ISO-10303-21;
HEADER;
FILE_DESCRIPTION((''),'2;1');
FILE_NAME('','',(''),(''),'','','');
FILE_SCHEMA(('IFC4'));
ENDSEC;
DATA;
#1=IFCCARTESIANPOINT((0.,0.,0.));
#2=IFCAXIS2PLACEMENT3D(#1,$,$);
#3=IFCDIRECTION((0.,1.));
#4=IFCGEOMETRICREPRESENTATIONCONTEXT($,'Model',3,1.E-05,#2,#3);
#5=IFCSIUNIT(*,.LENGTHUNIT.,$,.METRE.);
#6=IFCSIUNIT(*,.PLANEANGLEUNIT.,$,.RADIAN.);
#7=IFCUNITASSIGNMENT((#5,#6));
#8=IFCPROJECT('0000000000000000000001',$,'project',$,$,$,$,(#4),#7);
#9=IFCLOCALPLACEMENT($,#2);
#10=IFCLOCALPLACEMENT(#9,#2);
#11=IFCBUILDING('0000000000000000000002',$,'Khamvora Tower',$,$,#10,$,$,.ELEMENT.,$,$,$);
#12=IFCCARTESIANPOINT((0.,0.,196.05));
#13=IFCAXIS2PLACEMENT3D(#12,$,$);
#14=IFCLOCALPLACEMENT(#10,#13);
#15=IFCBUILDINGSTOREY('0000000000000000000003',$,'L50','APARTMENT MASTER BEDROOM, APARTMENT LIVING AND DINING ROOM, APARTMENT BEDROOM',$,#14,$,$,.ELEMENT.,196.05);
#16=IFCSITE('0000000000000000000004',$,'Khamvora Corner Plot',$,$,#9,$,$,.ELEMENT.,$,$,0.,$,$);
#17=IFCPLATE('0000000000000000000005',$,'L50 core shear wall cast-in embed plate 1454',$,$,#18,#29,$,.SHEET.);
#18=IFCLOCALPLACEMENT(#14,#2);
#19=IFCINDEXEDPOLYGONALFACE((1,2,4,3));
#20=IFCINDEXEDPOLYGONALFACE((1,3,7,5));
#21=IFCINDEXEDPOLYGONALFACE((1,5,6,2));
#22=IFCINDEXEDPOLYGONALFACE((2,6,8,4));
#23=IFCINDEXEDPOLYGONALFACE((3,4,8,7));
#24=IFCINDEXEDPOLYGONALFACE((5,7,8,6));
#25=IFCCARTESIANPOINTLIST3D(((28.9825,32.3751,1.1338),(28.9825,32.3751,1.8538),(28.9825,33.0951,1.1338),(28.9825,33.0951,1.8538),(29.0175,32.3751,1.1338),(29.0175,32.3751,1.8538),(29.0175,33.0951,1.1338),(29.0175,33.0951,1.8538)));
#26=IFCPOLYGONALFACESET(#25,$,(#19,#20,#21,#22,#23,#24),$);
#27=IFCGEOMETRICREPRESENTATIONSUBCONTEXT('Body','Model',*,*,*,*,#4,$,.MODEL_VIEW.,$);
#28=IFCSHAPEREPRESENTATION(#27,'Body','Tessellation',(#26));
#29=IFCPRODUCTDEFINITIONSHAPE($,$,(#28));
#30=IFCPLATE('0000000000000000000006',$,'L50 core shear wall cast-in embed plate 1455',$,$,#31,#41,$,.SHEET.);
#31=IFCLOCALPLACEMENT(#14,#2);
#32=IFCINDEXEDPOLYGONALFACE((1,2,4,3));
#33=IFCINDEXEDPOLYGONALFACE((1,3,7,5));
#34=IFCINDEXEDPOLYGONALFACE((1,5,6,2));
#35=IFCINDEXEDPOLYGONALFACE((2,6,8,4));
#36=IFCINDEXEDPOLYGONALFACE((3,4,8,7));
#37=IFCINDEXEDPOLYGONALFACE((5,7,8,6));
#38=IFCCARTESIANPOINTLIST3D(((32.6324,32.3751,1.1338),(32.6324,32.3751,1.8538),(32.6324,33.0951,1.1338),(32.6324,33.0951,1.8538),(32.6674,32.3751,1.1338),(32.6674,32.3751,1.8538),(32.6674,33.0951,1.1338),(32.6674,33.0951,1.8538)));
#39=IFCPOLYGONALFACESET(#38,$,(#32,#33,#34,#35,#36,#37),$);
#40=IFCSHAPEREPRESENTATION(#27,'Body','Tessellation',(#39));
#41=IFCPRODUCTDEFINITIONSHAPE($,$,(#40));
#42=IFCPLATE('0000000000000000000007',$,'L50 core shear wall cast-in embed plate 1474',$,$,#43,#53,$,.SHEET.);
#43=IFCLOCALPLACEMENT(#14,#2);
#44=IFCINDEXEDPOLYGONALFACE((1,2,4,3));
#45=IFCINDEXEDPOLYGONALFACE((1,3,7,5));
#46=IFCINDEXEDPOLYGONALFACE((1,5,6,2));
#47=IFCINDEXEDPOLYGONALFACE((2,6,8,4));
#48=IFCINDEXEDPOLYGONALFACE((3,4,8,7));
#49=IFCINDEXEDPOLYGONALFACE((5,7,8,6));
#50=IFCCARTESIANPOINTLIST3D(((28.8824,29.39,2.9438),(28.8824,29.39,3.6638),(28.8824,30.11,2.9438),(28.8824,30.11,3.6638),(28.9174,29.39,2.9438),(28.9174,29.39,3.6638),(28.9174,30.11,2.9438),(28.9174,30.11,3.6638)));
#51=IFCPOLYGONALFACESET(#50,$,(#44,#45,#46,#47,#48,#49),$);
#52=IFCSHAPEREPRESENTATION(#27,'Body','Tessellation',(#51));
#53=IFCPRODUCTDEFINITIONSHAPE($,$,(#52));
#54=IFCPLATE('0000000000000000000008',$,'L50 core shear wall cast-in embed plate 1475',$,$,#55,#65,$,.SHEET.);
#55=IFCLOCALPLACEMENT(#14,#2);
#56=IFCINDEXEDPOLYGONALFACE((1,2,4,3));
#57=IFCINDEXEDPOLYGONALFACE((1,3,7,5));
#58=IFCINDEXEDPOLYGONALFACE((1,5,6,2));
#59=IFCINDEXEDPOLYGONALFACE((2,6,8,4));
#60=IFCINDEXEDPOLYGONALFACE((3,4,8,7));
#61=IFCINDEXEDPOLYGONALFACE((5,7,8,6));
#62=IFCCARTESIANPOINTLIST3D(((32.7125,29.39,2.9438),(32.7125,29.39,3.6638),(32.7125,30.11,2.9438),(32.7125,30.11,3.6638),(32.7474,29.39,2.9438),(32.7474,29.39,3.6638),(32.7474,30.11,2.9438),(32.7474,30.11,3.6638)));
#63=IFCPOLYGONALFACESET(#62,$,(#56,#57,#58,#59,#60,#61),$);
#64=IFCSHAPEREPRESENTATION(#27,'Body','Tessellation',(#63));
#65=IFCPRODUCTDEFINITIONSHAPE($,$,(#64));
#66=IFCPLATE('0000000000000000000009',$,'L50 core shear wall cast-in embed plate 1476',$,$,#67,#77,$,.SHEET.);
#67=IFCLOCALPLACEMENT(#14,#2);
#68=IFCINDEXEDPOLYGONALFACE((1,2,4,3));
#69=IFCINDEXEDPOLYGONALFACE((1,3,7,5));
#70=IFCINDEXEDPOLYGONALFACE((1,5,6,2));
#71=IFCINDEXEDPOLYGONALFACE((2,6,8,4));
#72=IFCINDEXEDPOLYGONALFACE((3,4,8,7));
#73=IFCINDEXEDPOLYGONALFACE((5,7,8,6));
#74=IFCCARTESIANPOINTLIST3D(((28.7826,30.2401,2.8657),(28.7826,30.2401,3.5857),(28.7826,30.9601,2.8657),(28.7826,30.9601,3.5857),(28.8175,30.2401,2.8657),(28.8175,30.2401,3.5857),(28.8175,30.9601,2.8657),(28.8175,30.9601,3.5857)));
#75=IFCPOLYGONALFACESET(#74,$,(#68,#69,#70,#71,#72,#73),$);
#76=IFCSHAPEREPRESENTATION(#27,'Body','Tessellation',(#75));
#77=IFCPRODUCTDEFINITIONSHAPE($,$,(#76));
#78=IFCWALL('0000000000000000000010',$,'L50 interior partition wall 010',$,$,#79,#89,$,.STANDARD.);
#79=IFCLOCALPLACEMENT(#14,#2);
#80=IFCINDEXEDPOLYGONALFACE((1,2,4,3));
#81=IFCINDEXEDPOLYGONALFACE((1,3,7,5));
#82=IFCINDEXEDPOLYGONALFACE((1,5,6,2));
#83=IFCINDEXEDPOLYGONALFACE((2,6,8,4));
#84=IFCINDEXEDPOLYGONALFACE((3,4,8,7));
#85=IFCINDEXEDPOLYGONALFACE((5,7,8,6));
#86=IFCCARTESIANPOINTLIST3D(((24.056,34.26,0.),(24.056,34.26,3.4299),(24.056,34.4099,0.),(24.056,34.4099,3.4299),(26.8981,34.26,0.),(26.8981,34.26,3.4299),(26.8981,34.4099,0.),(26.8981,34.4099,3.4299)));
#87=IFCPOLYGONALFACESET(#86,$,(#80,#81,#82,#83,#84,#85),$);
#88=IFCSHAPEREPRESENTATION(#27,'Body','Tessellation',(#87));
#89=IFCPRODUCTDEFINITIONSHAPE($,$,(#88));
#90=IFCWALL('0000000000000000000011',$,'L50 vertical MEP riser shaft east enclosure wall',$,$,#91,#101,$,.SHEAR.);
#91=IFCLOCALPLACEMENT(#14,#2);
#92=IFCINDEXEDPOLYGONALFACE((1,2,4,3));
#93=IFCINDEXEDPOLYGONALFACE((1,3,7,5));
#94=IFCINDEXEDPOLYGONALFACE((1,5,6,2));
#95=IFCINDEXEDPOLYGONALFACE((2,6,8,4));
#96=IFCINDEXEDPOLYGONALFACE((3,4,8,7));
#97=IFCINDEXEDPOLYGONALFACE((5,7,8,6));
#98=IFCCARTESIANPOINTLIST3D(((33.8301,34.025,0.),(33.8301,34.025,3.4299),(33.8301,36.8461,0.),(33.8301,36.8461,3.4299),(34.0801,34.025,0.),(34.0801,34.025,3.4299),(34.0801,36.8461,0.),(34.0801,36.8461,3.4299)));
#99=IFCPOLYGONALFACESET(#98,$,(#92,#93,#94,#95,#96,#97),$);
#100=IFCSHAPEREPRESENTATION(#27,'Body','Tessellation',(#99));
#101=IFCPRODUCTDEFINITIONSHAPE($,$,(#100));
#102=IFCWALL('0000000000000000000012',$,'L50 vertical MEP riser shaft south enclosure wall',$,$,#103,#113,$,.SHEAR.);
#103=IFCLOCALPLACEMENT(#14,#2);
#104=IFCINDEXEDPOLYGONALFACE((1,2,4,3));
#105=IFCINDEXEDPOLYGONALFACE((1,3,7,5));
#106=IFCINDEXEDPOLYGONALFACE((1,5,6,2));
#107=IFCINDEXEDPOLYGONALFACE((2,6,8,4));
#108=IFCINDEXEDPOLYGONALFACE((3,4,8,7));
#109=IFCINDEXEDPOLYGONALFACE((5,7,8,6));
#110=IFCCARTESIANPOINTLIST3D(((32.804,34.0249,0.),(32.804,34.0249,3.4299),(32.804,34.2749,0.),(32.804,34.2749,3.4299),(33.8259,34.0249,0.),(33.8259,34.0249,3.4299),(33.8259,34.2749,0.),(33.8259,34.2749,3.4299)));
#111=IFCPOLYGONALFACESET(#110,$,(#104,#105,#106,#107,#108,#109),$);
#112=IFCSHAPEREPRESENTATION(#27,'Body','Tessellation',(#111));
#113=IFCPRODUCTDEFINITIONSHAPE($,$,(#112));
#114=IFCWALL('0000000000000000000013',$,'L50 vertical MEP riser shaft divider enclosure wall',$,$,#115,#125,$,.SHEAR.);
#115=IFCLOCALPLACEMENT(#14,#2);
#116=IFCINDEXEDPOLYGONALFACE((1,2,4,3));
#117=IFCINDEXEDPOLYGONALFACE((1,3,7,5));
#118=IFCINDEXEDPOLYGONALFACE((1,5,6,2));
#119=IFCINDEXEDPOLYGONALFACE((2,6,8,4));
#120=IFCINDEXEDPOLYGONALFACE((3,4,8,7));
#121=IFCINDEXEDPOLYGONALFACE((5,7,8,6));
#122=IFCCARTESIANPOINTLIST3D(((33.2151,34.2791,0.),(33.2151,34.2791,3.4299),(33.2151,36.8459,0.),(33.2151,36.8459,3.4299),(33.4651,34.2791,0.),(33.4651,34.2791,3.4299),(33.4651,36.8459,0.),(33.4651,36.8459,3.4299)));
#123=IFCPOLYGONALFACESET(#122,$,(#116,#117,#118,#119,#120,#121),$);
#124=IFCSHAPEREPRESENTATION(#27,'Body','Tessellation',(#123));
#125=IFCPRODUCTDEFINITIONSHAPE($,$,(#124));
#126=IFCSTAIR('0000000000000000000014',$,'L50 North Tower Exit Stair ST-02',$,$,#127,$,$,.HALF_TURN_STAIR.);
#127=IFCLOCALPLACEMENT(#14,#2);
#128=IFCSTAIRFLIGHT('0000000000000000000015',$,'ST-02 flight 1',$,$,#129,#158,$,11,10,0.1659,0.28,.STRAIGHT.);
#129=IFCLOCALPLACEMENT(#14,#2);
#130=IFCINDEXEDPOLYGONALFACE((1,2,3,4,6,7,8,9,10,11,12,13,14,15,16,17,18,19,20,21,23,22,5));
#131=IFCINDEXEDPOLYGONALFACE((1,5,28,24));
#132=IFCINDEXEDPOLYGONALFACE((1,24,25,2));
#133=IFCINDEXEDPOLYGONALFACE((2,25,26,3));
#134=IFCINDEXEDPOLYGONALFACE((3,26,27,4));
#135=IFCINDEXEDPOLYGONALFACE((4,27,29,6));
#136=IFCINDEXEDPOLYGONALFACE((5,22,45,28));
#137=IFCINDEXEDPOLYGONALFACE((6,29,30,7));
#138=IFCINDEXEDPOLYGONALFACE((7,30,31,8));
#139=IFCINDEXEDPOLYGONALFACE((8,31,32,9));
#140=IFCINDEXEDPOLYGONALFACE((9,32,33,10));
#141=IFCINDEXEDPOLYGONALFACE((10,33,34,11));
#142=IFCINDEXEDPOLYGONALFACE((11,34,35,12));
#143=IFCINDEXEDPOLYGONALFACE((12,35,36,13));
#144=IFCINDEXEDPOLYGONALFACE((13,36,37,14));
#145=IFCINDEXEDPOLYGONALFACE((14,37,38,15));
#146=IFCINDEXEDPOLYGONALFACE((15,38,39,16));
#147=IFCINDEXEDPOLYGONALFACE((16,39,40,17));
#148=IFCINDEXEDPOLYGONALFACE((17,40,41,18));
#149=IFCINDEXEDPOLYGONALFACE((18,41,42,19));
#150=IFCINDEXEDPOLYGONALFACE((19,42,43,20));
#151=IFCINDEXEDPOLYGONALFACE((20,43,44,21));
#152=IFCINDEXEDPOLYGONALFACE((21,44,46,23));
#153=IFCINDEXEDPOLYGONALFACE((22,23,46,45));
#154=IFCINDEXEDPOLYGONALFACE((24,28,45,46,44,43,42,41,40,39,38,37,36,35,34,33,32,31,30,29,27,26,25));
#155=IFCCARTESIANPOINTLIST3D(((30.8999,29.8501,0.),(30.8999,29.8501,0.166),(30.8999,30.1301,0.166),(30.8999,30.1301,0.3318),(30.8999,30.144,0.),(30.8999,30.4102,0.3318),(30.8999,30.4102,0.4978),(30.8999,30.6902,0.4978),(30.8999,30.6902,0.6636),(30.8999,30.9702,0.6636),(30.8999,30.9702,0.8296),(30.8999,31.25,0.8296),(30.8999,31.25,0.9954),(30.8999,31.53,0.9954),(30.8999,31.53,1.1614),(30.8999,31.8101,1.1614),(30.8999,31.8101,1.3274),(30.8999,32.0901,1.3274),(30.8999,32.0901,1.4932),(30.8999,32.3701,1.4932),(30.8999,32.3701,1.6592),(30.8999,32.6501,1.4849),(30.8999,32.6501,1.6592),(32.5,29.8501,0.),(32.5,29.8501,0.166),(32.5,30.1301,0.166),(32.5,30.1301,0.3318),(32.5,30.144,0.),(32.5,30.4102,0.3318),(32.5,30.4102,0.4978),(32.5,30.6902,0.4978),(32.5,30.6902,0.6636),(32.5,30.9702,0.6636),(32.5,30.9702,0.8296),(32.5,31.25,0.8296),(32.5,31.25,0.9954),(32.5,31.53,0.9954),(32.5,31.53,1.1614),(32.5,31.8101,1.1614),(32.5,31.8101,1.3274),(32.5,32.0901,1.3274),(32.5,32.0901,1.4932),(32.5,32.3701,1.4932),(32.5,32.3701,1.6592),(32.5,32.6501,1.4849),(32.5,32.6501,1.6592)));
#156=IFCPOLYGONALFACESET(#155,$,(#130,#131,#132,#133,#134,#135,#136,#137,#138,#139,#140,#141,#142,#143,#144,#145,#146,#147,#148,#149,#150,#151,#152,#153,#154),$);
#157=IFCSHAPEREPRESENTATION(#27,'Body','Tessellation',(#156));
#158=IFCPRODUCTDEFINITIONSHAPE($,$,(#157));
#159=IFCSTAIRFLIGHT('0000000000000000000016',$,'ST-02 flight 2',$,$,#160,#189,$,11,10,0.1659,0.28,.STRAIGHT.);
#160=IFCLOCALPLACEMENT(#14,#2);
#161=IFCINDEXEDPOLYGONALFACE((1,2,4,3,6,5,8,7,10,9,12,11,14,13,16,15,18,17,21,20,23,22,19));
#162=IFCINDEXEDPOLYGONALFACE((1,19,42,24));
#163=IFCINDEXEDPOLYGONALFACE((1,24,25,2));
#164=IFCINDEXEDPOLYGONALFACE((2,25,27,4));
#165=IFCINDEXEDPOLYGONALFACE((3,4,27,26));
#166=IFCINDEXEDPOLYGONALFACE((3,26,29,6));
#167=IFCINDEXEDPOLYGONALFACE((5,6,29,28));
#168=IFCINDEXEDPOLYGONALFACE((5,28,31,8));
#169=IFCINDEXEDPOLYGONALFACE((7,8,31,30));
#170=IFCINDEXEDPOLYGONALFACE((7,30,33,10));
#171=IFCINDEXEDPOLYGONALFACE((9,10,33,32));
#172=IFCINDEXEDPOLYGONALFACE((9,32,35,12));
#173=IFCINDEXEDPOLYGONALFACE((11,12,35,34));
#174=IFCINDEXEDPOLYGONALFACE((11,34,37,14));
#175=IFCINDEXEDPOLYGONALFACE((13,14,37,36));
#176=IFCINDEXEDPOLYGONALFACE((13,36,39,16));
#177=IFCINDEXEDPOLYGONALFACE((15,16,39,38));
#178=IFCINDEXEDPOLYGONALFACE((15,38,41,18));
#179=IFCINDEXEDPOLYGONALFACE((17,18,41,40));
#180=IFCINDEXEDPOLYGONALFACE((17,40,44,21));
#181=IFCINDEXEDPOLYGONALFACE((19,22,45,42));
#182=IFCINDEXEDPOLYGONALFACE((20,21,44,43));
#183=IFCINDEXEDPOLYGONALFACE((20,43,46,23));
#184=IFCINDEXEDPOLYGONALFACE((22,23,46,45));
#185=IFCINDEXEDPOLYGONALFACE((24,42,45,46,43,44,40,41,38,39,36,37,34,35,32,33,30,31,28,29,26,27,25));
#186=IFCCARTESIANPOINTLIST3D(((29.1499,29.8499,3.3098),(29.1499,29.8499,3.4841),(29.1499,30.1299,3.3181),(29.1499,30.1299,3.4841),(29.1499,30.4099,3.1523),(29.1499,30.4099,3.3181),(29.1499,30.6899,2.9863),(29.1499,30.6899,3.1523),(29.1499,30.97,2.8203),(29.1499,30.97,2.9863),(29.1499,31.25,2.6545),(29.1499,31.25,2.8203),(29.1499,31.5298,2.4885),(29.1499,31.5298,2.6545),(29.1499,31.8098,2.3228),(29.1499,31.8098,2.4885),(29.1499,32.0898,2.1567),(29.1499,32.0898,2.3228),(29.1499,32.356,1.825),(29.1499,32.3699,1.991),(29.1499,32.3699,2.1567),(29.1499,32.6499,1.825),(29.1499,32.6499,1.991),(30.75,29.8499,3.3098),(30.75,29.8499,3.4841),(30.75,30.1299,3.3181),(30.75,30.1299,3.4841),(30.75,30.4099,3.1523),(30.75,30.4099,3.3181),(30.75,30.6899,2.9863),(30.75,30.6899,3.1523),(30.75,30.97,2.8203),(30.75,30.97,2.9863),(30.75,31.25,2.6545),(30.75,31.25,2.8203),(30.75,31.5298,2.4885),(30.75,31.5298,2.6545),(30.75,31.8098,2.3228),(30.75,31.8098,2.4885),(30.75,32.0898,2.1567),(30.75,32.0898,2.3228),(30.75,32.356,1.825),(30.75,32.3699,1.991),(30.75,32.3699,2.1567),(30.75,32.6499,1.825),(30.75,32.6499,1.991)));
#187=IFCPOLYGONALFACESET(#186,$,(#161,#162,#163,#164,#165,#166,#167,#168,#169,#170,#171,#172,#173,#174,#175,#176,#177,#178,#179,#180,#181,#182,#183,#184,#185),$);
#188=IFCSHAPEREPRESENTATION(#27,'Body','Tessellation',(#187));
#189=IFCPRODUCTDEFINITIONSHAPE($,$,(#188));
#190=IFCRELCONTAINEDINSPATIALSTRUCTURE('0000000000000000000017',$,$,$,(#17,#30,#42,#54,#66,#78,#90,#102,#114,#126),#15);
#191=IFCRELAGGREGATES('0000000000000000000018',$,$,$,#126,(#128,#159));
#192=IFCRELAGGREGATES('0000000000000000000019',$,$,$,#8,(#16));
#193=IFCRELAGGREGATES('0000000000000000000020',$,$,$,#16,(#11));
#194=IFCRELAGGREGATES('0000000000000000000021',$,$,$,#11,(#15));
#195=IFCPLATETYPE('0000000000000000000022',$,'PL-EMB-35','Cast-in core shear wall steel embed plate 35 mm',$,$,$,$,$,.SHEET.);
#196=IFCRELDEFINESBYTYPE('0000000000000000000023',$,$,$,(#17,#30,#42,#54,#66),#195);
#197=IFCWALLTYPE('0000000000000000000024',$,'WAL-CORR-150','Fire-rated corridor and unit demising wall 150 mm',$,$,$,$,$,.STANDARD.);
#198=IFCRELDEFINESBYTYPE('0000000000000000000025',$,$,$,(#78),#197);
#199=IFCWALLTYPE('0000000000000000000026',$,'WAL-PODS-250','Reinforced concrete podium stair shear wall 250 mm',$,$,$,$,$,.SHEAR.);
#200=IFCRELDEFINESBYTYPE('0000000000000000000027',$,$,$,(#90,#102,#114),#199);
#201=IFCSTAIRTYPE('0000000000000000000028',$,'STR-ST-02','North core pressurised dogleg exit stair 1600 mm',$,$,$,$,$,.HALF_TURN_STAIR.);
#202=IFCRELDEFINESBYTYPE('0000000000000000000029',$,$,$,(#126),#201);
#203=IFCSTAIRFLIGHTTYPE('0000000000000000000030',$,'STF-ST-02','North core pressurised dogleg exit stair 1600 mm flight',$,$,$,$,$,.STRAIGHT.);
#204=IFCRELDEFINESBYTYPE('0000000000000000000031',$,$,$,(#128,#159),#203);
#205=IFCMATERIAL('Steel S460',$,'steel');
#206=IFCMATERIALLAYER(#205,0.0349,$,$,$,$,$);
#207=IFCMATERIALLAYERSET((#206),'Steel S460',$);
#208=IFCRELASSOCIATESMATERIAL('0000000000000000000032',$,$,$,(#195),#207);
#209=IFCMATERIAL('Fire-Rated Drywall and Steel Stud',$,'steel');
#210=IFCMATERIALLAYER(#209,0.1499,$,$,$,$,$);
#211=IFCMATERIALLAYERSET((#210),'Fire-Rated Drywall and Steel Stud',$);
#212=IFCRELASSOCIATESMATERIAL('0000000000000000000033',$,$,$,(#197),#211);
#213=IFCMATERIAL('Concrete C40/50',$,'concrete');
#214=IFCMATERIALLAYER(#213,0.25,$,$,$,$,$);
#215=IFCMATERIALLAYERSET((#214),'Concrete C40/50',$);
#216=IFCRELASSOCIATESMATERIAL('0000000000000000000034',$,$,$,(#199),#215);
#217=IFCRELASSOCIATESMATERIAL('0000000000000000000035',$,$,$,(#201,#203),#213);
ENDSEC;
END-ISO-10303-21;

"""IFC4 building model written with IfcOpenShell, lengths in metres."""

from ifc_helpers import new_model, si_unit, direction, frame, frame_2d, origin, origin_2d, place, context, subcontext, project, spatial, polyline, rectangle, outline, extrude, material, layer, layer_set, type_object, element, aggregate, save


model = new_model("IFC4")

# Units and contexts
model_context = context("Model", 3, precision=1e-05, world=origin(), true_north=direction((0.0, 1.0)))
body_context = subcontext(model_context, "Body", "Model", "MODEL_VIEW")
ifc_project = project(units=[si_unit("LENGTHUNIT", "METRE"), si_unit("PLANEANGLEUNIT", "RADIAN")], contexts=[model_context])

# Site, building, storey
site_placement = place(None, origin())
site = spatial("IfcSite", under=ifc_project, at=site_placement, Name="Khamvora Corner Plot", CompositionType="ELEMENT", RefElevation=0.0)
building_placement = place(site_placement, origin())
building = spatial("IfcBuilding", under=site, at=building_placement, Name="Khamvora Tower", CompositionType="ELEMENT")
storey_placement = place(building_placement, frame((0.0, 0.0, 196.05)))
storey = spatial("IfcBuildingStorey", under=building, at=storey_placement, Name="L50", Description="APARTMENT MASTER BEDROOM, APARTMENT LIVING AND DINING ROOM, APARTMENT BEDROOM", CompositionType="ELEMENT", Elevation=196.05)

# Plates
ifc_material_1 = material(Name="Steel S460", Category="steel")
ifc_layer_1 = layer(ifc_material_1, 0.0349)
ifc_layer_set_1 = layer_set([ifc_layer_1], Name="Steel S460")
plate_type = type_object("IfcPlateType", Name="PL-EMB-35", Description="Cast-in core shear wall steel embed plate 35 mm", PredefinedType="SHEET", material=ifc_layer_set_1)
for number, where, z_axis, x_axis, name in (
    (1, (29.0, 32.7351, 1.1338), (0.0, 0.0, 1.0), (1.0, 0.0, 0.0), "L50 core shear wall cast-in embed plate 1454"),
    (2, (32.6499, 32.7351, 1.1338), (0.0, 0.0, 1.0), (1.0, 0.0, 0.0), "L50 core shear wall cast-in embed plate 1455"),
    (3, (28.8999, 29.75, 2.9438), (0.0, 0.0, 1.0), (1.0, 0.0, 0.0), "L50 core shear wall cast-in embed plate 1474"),
    (4, (32.73, 29.75, 2.9438), (0.0, 0.0, 1.0), (1.0, 0.0, 0.0), "L50 core shear wall cast-in embed plate 1475"),
    (5, (28.8, 30.6001, 2.8657), (0.0, 0.0, 1.0), (1.0, 0.0, 0.0), "L50 core shear wall cast-in embed plate 1476"),
):
    element("IfcPlate", number, at=place(storey_placement, frame(where, z_axis=z_axis, x_axis=x_axis)), inside=storey, type_object=plate_type, Name=name, PredefinedType="SHEET", context=body_context, shape_type="SweptSolid", body=[
        extrude(rectangle(XDim=0.0349, YDim=0.72, at=origin_2d()), origin(), (0.0, 0.0, 1.0), 0.72),
    ])

# Walls
ifc_material_2 = material(Name="Fire-Rated Drywall and Steel Stud", Category="steel")
ifc_layer_2 = layer(ifc_material_2, 0.1499)
ifc_layer_set_2 = layer_set([ifc_layer_2], Name="Fire-Rated Drywall and Steel Stud")
wall_type_1 = type_object("IfcWallType", Name="WAL-CORR-150", Description="Fire-rated corridor and unit demising wall 150 mm", PredefinedType="STANDARD", material=ifc_layer_set_2)
wall_1_placement = place(storey_placement, frame((26.8979, 34.335, 0.0), z_axis=(0.0, 0.0, 1.0), x_axis=(-1.0, 0.0, 0.0)))
element("IfcWall", 6, at=wall_1_placement, inside=storey, type_object=wall_type_1, Name="L50 interior partition wall 010", PredefinedType="STANDARD", context=body_context, shape_type="SweptSolid", body=[
    extrude(rectangle(XDim=2.842, YDim=0.1499, at=frame_2d((1.4209, 0.0))), origin(), (0.0, 0.0, 1.0), 3.4299),
])
ifc_material_3 = material(Name="Concrete C40/50", Category="concrete")
ifc_layer_3 = layer(ifc_material_3, 0.25)
ifc_layer_set_3 = layer_set([ifc_layer_3], Name="Concrete C40/50")
wall_type_2 = type_object("IfcWallType", Name="WAL-PODS-250", Description="Reinforced concrete podium stair shear wall 250 mm", PredefinedType="SHEAR", material=ifc_layer_set_3)
wall_2_placement = place(storey_placement, frame((33.9551, 34.0249, 0.0), z_axis=(0.0, 0.0, 1.0), x_axis=(0.0, 1.0, 0.0)))
element("IfcWall", 7, at=wall_2_placement, inside=storey, type_object=wall_type_2, Name="L50 vertical MEP riser shaft east enclosure wall", PredefinedType="SHEAR", context=body_context, shape_type="SweptSolid", body=[
    extrude(rectangle(XDim=2.821, YDim=0.25, at=frame_2d((1.4106, 0.0))), origin(), (0.0, 0.0, 1.0), 3.4299),
])
wall_3_placement = place(storey_placement, frame((32.804, 34.1499, 0.0), z_axis=(0.0, 0.0, 1.0), x_axis=(1.0, 0.0, 0.0)))
element("IfcWall", 8, at=wall_3_placement, inside=storey, type_object=wall_type_2, Name="L50 vertical MEP riser shaft south enclosure wall", PredefinedType="SHEAR", context=body_context, shape_type="SweptSolid", body=[
    extrude(rectangle(XDim=1.022, YDim=0.25, at=frame_2d((0.511, 0.0))), origin(), (0.0, 0.0, 1.0), 3.4299),
])
wall_4_placement = place(storey_placement, frame((33.3401, 34.2791, 0.0), z_axis=(0.0, 0.0, 1.0), x_axis=(0.0, 1.0, 0.0)))
element("IfcWall", 9, at=wall_4_placement, inside=storey, type_object=wall_type_2, Name="L50 vertical MEP riser shaft divider enclosure wall", PredefinedType="SHEAR", context=body_context, shape_type="SweptSolid", body=[
    extrude(rectangle(XDim=2.5669, YDim=0.25, at=frame_2d((1.2834, 0.0))), origin(), (0.0, 0.0, 1.0), 3.4299),
])

# Stair, stair flights
stair_type = type_object("IfcStairType", Name="STR-ST-02", Description="North core pressurised dogleg exit stair 1600 mm", PredefinedType="HALF_TURN_STAIR", material=ifc_material_3)
stair_placement = place(storey_placement, origin())
stair = element("IfcStair", 10, at=stair_placement, inside=storey, type_object=stair_type, Name="L50 North Tower Exit Stair ST-02", PredefinedType="HALF_TURN_STAIR")
stair_flight_type = type_object("IfcStairFlightType", Name="STF-ST-02", Description="North core pressurised dogleg exit stair 1600 mm flight", PredefinedType="STRAIGHT", material=ifc_material_3)
stair_flight_1_placement = place(storey_placement, frame((31.7, 29.8501, 0.0), z_axis=(0.0, 0.0, 1.0), x_axis=(0.0, 1.0, 0.0)))
stair_flight_1 = element("IfcStairFlight", 11, at=stair_flight_1_placement, type_object=stair_flight_type, Name="ST-02 flight 1", NumberOfRisers=11, NumberOfTreads=10, PredefinedType="STRAIGHT", RiserHeight=0.1659, TreadLength=0.28, context=body_context, shape_type="SweptSolid", body=[
    extrude(outline(polyline([(0.0, 0.0), (0.0, 0.166), (0.28, 0.166), (0.28, 0.3318), (0.5601, 0.3318), (0.5601, 0.4978), (0.8401, 0.4978), (0.8401, 0.6636), (1.1201, 0.6636), (1.1201, 0.8296), (1.3999, 0.8296), (1.3999, 0.9954), (1.6799, 0.9954), (1.6799, 1.1614), (1.96, 1.1614), (1.96, 1.3274), (2.24, 1.3274), (2.24, 1.4932), (2.52, 1.4932), (2.52, 1.6592), (2.8, 1.6592), (2.8, 1.825), (2.8, 1.4849), (0.2939, 0.0), (0.0, 0.0)])), frame((0.0, 0.8, 0.0), z_axis=(0.0, -1.0, 0.0), x_axis=(1.0, 0.0, 0.0)), (0.0, 0.0, 1.0), 1.6001),
])
stair_flight_2_placement = place(storey_placement, frame((29.95, 32.6499, 1.825), z_axis=(0.0, 0.0, 1.0), x_axis=(0.0, -1.0, 0.0)))
stair_flight_2 = element("IfcStairFlight", 12, at=stair_flight_2_placement, type_object=stair_flight_type, Name="ST-02 flight 2", NumberOfRisers=11, NumberOfTreads=10, PredefinedType="STRAIGHT", RiserHeight=0.1659, TreadLength=0.28, context=body_context, shape_type="SweptSolid", body=[
    extrude(outline(polyline([(0.0, 0.0), (0.0, 0.166), (0.28, 0.166), (0.28, 0.3318), (0.5601, 0.3318), (0.5601, 0.4978), (0.8401, 0.4978), (0.8401, 0.6636), (1.1201, 0.6636), (1.1201, 0.8296), (1.3999, 0.8296), (1.3999, 0.9954), (1.6799, 0.9954), (1.6799, 1.1614), (1.96, 1.1614), (1.96, 1.3274), (2.24, 1.3274), (2.24, 1.4932), (2.52, 1.4932), (2.52, 1.6592), (2.8, 1.6592), (2.8, 1.825), (2.8, 1.4849), (0.2939, 0.0), (0.0, 0.0)])), frame((0.0, 0.8, 0.0), z_axis=(0.0, -1.0, 0.0), x_axis=(1.0, 0.0, 0.0)), (0.0, 0.0, 1.0), 1.6001),
])
aggregate(stair, [stair_flight_1, stair_flight_2])

save(model, "model.ifc")
